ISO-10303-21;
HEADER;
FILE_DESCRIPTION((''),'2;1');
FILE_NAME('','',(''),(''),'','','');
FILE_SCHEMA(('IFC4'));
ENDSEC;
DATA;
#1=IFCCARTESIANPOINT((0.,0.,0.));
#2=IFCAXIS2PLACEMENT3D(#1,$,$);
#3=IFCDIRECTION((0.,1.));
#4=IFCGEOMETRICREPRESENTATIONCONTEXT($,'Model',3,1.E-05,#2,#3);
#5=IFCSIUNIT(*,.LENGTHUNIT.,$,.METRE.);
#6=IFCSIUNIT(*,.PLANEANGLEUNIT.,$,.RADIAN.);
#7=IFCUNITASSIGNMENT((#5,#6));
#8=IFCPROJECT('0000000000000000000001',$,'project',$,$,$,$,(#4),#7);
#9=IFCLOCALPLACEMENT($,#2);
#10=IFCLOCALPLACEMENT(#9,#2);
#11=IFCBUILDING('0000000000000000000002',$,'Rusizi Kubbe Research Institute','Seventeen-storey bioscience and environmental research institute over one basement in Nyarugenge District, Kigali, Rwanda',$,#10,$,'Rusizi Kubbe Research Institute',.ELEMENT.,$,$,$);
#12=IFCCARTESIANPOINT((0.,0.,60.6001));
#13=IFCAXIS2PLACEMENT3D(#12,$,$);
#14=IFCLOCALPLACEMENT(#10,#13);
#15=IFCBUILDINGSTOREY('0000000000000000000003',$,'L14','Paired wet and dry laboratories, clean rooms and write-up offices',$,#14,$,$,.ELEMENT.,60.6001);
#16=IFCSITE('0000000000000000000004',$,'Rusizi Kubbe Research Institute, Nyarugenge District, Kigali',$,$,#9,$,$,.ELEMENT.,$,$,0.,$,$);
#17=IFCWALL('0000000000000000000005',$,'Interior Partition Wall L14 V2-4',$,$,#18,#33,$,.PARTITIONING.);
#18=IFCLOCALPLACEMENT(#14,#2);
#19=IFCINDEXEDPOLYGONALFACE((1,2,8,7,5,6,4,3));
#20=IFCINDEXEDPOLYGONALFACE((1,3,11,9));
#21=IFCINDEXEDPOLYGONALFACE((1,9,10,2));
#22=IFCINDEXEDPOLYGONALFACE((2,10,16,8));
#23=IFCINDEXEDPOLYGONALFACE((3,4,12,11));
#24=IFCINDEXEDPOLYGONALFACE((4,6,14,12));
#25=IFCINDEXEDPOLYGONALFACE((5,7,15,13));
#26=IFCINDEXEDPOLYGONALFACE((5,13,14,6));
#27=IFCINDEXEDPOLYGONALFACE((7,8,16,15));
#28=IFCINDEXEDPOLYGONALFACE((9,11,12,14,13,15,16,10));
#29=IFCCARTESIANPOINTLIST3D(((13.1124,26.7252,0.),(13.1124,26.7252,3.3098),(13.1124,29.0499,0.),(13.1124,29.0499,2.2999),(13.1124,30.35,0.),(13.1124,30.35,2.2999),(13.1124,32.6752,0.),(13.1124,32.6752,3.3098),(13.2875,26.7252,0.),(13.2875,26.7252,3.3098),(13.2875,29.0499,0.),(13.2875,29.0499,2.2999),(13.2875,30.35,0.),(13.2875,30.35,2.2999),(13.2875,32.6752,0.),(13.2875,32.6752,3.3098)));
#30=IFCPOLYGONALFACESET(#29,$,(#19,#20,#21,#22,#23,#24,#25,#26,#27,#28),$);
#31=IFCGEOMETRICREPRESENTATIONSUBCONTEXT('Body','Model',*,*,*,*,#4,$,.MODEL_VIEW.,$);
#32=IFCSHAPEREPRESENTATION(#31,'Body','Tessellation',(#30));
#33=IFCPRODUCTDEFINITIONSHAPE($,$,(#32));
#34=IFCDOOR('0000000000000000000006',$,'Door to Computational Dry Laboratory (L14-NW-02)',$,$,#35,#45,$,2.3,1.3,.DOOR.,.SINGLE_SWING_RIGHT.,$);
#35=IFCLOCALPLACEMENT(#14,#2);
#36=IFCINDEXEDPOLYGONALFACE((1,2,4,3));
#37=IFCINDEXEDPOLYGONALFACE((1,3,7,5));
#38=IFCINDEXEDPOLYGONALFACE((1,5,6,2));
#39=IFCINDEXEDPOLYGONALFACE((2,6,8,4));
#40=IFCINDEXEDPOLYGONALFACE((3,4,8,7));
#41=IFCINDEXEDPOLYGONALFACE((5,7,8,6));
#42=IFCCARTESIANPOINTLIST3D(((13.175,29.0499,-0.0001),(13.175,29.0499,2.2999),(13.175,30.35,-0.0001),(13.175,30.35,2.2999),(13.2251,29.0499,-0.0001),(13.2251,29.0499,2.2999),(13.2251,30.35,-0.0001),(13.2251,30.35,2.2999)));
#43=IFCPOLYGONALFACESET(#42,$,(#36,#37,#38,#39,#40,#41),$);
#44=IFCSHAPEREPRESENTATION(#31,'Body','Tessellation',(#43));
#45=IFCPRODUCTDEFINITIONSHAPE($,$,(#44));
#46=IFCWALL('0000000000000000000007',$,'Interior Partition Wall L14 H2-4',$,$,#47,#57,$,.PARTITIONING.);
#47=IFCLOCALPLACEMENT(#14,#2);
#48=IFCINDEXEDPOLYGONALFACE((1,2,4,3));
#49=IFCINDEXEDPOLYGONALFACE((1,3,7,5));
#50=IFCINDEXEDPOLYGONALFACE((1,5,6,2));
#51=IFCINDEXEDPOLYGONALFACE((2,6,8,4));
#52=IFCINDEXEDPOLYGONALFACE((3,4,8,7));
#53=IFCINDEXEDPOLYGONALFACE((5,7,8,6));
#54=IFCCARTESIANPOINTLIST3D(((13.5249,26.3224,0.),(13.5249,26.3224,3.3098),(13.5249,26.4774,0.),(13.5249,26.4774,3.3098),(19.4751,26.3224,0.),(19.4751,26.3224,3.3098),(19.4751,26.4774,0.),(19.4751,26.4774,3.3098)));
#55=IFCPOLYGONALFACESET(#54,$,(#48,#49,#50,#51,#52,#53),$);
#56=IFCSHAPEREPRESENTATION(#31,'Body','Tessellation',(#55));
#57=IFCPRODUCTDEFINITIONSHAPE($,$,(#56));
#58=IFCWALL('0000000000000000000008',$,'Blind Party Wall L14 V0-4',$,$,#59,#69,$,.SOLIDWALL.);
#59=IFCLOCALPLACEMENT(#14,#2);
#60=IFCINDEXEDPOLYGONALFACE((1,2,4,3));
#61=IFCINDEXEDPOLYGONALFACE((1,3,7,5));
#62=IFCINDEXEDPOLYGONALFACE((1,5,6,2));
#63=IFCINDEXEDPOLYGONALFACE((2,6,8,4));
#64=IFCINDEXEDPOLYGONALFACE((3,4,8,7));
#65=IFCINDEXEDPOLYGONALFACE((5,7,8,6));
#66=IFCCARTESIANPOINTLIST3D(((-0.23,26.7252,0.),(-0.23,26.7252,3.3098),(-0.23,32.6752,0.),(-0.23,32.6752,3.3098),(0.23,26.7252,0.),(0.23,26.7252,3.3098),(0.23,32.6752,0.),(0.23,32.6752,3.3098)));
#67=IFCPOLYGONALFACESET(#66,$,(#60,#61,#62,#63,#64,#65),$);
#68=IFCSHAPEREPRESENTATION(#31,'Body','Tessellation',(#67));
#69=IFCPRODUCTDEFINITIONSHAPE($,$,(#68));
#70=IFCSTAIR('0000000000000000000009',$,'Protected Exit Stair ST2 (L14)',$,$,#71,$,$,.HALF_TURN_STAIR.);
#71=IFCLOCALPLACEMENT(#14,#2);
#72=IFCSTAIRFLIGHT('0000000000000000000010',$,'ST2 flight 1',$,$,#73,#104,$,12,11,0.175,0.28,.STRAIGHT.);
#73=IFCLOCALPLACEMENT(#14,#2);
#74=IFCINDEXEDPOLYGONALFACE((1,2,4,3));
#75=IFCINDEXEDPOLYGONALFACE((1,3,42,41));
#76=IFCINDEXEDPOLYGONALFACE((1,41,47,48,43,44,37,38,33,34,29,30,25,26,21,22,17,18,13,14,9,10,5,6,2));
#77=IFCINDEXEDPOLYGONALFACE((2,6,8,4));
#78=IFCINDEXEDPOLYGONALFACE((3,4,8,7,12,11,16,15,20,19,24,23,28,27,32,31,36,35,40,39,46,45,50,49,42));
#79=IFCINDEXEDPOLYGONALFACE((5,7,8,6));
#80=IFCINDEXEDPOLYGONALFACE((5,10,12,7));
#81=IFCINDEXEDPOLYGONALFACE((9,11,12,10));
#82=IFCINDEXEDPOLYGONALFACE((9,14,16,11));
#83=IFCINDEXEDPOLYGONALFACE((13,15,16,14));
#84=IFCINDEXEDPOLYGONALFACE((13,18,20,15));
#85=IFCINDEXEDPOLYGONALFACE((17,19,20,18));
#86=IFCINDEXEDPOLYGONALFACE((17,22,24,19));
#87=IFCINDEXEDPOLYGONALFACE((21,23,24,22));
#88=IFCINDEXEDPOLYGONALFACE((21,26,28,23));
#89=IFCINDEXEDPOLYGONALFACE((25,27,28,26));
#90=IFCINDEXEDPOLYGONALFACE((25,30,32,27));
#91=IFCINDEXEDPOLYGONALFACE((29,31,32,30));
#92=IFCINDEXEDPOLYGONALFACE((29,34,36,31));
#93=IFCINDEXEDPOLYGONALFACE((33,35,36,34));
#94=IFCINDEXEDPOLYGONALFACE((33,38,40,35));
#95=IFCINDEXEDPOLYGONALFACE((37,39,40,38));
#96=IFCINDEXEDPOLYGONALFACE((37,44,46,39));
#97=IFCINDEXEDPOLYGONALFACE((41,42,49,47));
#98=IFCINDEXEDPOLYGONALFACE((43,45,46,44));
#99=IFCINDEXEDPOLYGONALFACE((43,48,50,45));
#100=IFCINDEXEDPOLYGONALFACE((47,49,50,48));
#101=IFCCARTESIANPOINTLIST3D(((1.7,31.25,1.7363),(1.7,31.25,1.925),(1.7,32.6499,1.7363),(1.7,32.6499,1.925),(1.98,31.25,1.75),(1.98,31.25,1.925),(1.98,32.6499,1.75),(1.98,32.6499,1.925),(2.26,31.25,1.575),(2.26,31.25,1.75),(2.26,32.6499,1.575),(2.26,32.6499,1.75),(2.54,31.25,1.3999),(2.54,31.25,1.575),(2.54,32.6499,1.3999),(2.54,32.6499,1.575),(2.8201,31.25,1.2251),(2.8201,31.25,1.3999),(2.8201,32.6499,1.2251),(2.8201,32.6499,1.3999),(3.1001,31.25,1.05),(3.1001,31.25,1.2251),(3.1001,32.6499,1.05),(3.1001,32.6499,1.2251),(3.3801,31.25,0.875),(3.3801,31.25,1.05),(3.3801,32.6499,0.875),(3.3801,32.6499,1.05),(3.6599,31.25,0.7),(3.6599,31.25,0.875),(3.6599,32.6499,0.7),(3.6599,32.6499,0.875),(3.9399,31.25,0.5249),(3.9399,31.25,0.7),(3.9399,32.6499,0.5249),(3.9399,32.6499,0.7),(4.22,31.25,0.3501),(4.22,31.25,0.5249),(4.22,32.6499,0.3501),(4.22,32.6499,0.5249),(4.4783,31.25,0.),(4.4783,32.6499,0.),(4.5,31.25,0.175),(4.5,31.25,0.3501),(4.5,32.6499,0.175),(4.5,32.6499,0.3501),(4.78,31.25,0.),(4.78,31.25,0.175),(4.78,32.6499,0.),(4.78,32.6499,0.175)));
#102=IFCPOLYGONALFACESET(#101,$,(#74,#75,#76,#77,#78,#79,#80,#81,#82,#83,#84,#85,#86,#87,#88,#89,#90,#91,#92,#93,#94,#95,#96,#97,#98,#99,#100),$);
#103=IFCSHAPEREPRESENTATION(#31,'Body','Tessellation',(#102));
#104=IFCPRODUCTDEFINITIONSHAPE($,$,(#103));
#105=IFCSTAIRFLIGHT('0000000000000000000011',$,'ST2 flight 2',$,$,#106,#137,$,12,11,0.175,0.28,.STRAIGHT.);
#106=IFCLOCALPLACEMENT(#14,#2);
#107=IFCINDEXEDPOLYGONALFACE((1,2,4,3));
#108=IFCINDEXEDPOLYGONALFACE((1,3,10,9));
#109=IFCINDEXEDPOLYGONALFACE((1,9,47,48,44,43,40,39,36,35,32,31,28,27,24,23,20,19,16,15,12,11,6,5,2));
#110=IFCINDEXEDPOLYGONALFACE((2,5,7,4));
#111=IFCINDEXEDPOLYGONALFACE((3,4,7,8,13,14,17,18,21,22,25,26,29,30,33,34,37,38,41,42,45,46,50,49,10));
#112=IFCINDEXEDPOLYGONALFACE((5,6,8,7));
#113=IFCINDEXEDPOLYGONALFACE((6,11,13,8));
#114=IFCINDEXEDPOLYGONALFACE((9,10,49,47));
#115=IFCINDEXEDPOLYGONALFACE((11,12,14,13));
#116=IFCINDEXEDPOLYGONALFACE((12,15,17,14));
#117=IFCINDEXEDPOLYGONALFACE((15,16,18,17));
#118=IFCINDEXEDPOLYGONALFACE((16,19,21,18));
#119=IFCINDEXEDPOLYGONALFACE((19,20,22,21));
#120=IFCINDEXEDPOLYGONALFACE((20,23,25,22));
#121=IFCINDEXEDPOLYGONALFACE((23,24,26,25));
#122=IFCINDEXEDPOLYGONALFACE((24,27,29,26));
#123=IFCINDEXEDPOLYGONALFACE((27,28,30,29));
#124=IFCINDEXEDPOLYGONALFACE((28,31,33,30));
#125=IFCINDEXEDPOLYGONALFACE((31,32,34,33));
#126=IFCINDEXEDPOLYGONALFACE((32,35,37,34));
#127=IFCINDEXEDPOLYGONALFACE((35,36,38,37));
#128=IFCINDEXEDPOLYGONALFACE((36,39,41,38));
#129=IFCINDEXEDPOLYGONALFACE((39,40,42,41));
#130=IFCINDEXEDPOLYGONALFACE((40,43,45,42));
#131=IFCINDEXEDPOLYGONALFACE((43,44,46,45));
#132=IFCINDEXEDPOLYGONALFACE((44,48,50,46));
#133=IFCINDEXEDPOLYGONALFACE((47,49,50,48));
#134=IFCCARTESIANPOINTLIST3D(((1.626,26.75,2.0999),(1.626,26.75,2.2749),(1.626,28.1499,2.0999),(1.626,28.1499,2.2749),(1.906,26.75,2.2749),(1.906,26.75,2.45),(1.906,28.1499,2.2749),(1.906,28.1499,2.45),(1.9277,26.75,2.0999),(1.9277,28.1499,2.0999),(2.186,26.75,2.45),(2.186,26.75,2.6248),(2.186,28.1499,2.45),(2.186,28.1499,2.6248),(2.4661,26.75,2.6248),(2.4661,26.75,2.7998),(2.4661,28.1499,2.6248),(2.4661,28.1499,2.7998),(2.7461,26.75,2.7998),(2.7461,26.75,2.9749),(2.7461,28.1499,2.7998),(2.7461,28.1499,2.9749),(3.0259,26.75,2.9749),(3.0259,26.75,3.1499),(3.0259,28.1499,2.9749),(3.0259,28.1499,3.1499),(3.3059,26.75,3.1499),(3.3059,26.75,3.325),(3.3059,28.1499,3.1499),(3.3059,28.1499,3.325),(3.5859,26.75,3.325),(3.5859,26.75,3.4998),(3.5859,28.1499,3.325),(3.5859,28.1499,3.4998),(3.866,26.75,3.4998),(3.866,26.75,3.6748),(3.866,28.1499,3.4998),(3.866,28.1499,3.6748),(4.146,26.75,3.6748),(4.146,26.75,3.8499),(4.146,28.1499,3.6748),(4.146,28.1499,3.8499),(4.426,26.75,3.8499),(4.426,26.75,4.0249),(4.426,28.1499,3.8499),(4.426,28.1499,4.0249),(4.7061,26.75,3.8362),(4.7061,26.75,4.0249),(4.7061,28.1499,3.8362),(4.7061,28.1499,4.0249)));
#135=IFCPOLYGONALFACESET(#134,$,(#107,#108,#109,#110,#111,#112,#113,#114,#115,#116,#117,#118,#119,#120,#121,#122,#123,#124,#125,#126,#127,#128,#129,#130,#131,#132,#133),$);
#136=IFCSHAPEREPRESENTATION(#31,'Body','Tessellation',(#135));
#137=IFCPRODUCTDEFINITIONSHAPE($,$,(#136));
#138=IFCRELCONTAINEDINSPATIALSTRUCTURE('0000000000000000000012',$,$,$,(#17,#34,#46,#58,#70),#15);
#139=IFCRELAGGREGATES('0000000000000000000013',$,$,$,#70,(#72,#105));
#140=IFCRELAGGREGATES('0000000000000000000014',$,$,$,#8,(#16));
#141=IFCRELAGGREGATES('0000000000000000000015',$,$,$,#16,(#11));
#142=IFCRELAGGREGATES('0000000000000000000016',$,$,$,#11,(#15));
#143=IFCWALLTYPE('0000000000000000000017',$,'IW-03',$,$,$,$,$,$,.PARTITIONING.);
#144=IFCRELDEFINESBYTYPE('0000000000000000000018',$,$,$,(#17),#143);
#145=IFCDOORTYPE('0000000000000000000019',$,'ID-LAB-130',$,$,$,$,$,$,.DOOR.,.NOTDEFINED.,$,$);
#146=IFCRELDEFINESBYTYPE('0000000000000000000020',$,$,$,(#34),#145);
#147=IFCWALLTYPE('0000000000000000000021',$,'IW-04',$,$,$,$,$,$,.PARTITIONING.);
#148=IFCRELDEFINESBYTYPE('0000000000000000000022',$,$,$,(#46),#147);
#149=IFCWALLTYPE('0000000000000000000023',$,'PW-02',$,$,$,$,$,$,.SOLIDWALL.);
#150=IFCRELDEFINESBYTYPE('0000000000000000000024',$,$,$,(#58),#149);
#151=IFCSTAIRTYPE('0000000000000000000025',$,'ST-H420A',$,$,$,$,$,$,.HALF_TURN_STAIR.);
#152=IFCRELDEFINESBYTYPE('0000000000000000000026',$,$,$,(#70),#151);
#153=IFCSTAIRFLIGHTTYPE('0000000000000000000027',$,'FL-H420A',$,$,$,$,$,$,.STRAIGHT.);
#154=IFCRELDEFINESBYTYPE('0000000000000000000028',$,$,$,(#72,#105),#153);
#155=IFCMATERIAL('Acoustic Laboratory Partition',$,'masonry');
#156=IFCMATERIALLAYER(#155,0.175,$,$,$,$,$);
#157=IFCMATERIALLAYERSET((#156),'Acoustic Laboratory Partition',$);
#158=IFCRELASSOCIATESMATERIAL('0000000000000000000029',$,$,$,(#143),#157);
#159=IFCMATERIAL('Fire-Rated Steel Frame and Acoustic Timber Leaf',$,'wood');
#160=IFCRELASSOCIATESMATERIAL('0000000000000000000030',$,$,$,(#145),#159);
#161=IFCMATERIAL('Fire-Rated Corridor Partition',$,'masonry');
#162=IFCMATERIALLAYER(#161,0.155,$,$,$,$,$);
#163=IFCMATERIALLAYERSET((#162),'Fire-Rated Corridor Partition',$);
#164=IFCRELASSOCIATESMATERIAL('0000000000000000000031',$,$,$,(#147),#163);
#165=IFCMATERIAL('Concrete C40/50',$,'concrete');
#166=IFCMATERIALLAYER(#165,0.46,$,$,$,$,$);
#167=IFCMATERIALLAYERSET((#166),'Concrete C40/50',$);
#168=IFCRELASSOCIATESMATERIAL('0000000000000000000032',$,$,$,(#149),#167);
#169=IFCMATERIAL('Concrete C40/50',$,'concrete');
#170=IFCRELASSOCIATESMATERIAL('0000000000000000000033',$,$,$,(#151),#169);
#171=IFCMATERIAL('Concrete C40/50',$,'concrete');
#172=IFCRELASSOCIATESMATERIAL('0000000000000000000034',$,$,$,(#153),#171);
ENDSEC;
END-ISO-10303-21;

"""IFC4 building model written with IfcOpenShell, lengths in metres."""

from ifc_helpers import new_model, si_unit, direction, frame, frame_2d, origin, place, context, subcontext, project, spatial, polyline, rectangle, outline, extrude, material, layer, layer_set, type_object, element, fill, aggregate, save


model = new_model("IFC4")

# Units and contexts
model_context = context("Model", 3, precision=1e-05, world=origin(), true_north=direction((0.0, 1.0)))
body_context = subcontext(model_context, "Body", "Model", "MODEL_VIEW")
ifc_project = project(units=[si_unit("LENGTHUNIT", "METRE"), si_unit("PLANEANGLEUNIT", "RADIAN")], contexts=[model_context])

# Site, building, storey
site_placement = place(None, origin())
site = spatial("IfcSite", under=ifc_project, at=site_placement, Name="Rusizi Kubbe Research Institute, Nyarugenge District, Kigali", CompositionType="ELEMENT", RefElevation=0.0)
building_placement = place(site_placement, origin())
building = spatial("IfcBuilding", under=site, at=building_placement, Name="Rusizi Kubbe Research Institute", Description="Seventeen-storey bioscience and environmental research institute over one basement in Nyarugenge District, Kigali, Rwanda", LongName="Rusizi Kubbe Research Institute", CompositionType="ELEMENT")
storey_placement = place(building_placement, frame((0.0, 0.0, 60.6001)))
storey = spatial("IfcBuildingStorey", under=building, at=storey_placement, Name="L14", Description="Paired wet and dry laboratories, clean rooms and write-up offices", CompositionType="ELEMENT", Elevation=60.6001)

# Wall, opening, door
ifc_material_1 = material(Name="Acoustic Laboratory Partition", Category="masonry")
ifc_layer_1 = layer(ifc_material_1, 0.175)
ifc_layer_set_1 = layer_set([ifc_layer_1], Name="Acoustic Laboratory Partition")
wall_type_1 = type_object("IfcWallType", Name="IW-03", PredefinedType="PARTITIONING", material=ifc_layer_set_1)
wall_1_placement = place(storey_placement, frame((13.2, 26.7251, 0.0), z_axis=(0.0, 0.0, 1.0), x_axis=(0.0, 1.0, 0.0)))
wall_1 = element("IfcWall", 1, at=wall_1_placement, inside=storey, type_object=wall_type_1, Name="Interior Partition Wall L14 V2-4", PredefinedType="PARTITIONING", context=body_context, shape_type="SweptSolid", body=[
    extrude(rectangle(XDim=5.95, YDim=0.175, at=frame_2d((2.9751, 0.0))), origin(), (0.0, 0.0, 1.0), 3.3098),
])
opening_1_placement = place(wall_1_placement, frame((2.325, 0.0, 0.0)))
opening_1 = element("IfcOpeningElement", 2, at=opening_1_placement, cuts=wall_1, PredefinedType="OPENING", context=body_context, shape_type="SweptSolid", body=[
    extrude(rectangle(XDim=1.3, YDim=2.3, at=frame_2d((0.6499, 1.1499))), frame((0.0, 0.0974, 0.0), z_axis=(0.0, -1.0, 0.0), x_axis=(1.0, 0.0, 0.0)), (0.0, 0.0, 1.0), 0.1951),
])
ifc_material_2 = material(Name="Fire-Rated Steel Frame and Acoustic Timber Leaf", Category="wood")
door_type_1 = type_object("IfcDoorType", Name="ID-LAB-130", OperationType="NOTDEFINED", PredefinedType="DOOR", material=ifc_material_2)
door_1_placement = place(opening_1_placement, origin())
door_1 = element("IfcDoor", 3, at=door_1_placement, inside=storey, type_object=door_type_1, Name="Door to Computational Dry Laboratory (L14-NW-02)", OperationType="SINGLE_SWING_RIGHT", OverallHeight=2.3, OverallWidth=1.3, PredefinedType="DOOR", context=body_context, shape_type="SweptSolid", body=[
    extrude(rectangle(XDim=1.3, YDim=2.3, at=frame_2d((0.6499, 1.1499))), frame((0.0, 0.0249, 0.0), z_axis=(0.0, -1.0, 0.0), x_axis=(1.0, 0.0, 0.0)), (0.0, 0.0, 1.0), 0.05),
])
fill(opening_1, door_1)

# Walls
ifc_material_3 = material(Name="Fire-Rated Corridor Partition", Category="masonry")
ifc_layer_2 = layer(ifc_material_3, 0.155)
ifc_layer_set_2 = layer_set([ifc_layer_2], Name="Fire-Rated Corridor Partition")
wall_type_2 = type_object("IfcWallType", Name="IW-04", PredefinedType="PARTITIONING", material=ifc_layer_set_2)
wall_2_placement = place(storey_placement, frame((13.5249, 26.3999, 0.0), z_axis=(0.0, 0.0, 1.0), x_axis=(1.0, 0.0, 0.0)))
element("IfcWall", 4, at=wall_2_placement, inside=storey, type_object=wall_type_2, Name="Interior Partition Wall L14 H2-4", PredefinedType="PARTITIONING", context=body_context, shape_type="SweptSolid", body=[
    extrude(rectangle(XDim=5.9502, YDim=0.155, at=frame_2d((2.9751, 0.0))), origin(), (0.0, 0.0, 1.0), 3.3098),
])
ifc_material_4 = material(Name="Concrete C40/50", Category="concrete")
ifc_layer_3 = layer(ifc_material_4, 0.46)
ifc_layer_set_3 = layer_set([ifc_layer_3], Name="Concrete C40/50")
wall_type_3 = type_object("IfcWallType", Name="PW-02", PredefinedType="SOLIDWALL", material=ifc_layer_set_3)
wall_3_placement = place(storey_placement, frame((0.0, 26.7251, 0.0), z_axis=(0.0, 0.0, 1.0), x_axis=(0.0, 1.0, 0.0)))
element("IfcWall", 5, at=wall_3_placement, inside=storey, type_object=wall_type_3, Name="Blind Party Wall L14 V0-4", PredefinedType="SOLIDWALL", context=body_context, shape_type="SweptSolid", body=[
    extrude(rectangle(XDim=5.95, YDim=0.46, at=frame_2d((2.9751, 0.0))), origin(), (0.0, 0.0, 1.0), 3.3098),
])

# Stair, stair flights
ifc_material_5 = material(Name="Concrete C40/50", Category="concrete")
stair_type = type_object("IfcStairType", Name="ST-H420A", PredefinedType="HALF_TURN_STAIR", material=ifc_material_5)
stair_placement = place(storey_placement, origin())
stair = element("IfcStair", 6, at=stair_placement, inside=storey, type_object=stair_type, Name="Protected Exit Stair ST2 (L14)", PredefinedType="HALF_TURN_STAIR")
ifc_material_6 = material(Name="Concrete C40/50", Category="concrete")
stair_flight_type = type_object("IfcStairFlightType", Name="FL-H420A", PredefinedType="STRAIGHT", material=ifc_material_6)
stair_flight_1_placement = place(storey_placement, frame((4.78, 31.95, 0.0), z_axis=(0.0, 0.0, 1.0), x_axis=(-1.0, 0.0, 0.0)))
stair_flight_1 = element("IfcStairFlight", 7, at=stair_flight_1_placement, type_object=stair_flight_type, Name="ST2 flight 1", NumberOfRisers=12, NumberOfTreads=11, PredefinedType="STRAIGHT", RiserHeight=0.175, TreadLength=0.28, context=body_context, shape_type="SweptSolid", body=[
    extrude(outline(polyline([(0.0, 0.0), (0.0, 0.175), (0.28, 0.175), (0.28, 0.3501), (0.5601, 0.3501), (0.5601, 0.5249), (0.8401, 0.5249), (0.8401, 0.7), (1.1201, 0.7), (1.1201, 0.875), (1.3999, 0.875), (1.3999, 1.05), (1.6799, 1.05), (1.6799, 1.2251), (1.96, 1.2251), (1.96, 1.3999), (2.24, 1.3999), (2.24, 1.575), (2.52, 1.575), (2.52, 1.75), (2.8, 1.75), (2.8, 1.925), (3.0801, 1.925), (3.0801, 2.1001), (3.0801, 1.7363), (0.3018, 0.0), (0.0, 0.0)])), frame((0.0, 0.7, 0.0), z_axis=(0.0, -1.0, 0.0), x_axis=(1.0, 0.0, 0.0)), (0.0, 0.0, 1.0), 1.3999),
])
stair_flight_2_placement = place(storey_placement, frame((1.626, 27.45, 2.0999), z_axis=(0.0, 0.0, 1.0), x_axis=(1.0, 0.0, 0.0)))
stair_flight_2 = element("IfcStairFlight", 8, at=stair_flight_2_placement, type_object=stair_flight_type, Name="ST2 flight 2", NumberOfRisers=12, NumberOfTreads=11, PredefinedType="STRAIGHT", RiserHeight=0.175, TreadLength=0.28, context=body_context, shape_type="SweptSolid", body=[
    extrude(outline(polyline([(0.0, 0.0), (0.0, 0.175), (0.28, 0.175), (0.28, 0.3501), (0.5601, 0.3501), (0.5601, 0.5249), (0.8401, 0.5249), (0.8401, 0.7), (1.1201, 0.7), (1.1201, 0.875), (1.3999, 0.875), (1.3999, 1.05), (1.6799, 1.05), (1.6799, 1.2251), (1.96, 1.2251), (1.96, 1.3999), (2.24, 1.3999), (2.24, 1.575), (2.52, 1.575), (2.52, 1.75), (2.8, 1.75), (2.8, 1.925), (3.0801, 1.925), (3.0801, 2.1001), (3.0801, 1.7363), (0.3018, 0.0), (0.0, 0.0)])), frame((0.0, 0.7, 0.0), z_axis=(0.0, -1.0, 0.0), x_axis=(1.0, 0.0, 0.0)), (0.0, 0.0, 1.0), 1.3999),
])
aggregate(stair, [stair_flight_1, stair_flight_2])

save(model, "model.ifc")
